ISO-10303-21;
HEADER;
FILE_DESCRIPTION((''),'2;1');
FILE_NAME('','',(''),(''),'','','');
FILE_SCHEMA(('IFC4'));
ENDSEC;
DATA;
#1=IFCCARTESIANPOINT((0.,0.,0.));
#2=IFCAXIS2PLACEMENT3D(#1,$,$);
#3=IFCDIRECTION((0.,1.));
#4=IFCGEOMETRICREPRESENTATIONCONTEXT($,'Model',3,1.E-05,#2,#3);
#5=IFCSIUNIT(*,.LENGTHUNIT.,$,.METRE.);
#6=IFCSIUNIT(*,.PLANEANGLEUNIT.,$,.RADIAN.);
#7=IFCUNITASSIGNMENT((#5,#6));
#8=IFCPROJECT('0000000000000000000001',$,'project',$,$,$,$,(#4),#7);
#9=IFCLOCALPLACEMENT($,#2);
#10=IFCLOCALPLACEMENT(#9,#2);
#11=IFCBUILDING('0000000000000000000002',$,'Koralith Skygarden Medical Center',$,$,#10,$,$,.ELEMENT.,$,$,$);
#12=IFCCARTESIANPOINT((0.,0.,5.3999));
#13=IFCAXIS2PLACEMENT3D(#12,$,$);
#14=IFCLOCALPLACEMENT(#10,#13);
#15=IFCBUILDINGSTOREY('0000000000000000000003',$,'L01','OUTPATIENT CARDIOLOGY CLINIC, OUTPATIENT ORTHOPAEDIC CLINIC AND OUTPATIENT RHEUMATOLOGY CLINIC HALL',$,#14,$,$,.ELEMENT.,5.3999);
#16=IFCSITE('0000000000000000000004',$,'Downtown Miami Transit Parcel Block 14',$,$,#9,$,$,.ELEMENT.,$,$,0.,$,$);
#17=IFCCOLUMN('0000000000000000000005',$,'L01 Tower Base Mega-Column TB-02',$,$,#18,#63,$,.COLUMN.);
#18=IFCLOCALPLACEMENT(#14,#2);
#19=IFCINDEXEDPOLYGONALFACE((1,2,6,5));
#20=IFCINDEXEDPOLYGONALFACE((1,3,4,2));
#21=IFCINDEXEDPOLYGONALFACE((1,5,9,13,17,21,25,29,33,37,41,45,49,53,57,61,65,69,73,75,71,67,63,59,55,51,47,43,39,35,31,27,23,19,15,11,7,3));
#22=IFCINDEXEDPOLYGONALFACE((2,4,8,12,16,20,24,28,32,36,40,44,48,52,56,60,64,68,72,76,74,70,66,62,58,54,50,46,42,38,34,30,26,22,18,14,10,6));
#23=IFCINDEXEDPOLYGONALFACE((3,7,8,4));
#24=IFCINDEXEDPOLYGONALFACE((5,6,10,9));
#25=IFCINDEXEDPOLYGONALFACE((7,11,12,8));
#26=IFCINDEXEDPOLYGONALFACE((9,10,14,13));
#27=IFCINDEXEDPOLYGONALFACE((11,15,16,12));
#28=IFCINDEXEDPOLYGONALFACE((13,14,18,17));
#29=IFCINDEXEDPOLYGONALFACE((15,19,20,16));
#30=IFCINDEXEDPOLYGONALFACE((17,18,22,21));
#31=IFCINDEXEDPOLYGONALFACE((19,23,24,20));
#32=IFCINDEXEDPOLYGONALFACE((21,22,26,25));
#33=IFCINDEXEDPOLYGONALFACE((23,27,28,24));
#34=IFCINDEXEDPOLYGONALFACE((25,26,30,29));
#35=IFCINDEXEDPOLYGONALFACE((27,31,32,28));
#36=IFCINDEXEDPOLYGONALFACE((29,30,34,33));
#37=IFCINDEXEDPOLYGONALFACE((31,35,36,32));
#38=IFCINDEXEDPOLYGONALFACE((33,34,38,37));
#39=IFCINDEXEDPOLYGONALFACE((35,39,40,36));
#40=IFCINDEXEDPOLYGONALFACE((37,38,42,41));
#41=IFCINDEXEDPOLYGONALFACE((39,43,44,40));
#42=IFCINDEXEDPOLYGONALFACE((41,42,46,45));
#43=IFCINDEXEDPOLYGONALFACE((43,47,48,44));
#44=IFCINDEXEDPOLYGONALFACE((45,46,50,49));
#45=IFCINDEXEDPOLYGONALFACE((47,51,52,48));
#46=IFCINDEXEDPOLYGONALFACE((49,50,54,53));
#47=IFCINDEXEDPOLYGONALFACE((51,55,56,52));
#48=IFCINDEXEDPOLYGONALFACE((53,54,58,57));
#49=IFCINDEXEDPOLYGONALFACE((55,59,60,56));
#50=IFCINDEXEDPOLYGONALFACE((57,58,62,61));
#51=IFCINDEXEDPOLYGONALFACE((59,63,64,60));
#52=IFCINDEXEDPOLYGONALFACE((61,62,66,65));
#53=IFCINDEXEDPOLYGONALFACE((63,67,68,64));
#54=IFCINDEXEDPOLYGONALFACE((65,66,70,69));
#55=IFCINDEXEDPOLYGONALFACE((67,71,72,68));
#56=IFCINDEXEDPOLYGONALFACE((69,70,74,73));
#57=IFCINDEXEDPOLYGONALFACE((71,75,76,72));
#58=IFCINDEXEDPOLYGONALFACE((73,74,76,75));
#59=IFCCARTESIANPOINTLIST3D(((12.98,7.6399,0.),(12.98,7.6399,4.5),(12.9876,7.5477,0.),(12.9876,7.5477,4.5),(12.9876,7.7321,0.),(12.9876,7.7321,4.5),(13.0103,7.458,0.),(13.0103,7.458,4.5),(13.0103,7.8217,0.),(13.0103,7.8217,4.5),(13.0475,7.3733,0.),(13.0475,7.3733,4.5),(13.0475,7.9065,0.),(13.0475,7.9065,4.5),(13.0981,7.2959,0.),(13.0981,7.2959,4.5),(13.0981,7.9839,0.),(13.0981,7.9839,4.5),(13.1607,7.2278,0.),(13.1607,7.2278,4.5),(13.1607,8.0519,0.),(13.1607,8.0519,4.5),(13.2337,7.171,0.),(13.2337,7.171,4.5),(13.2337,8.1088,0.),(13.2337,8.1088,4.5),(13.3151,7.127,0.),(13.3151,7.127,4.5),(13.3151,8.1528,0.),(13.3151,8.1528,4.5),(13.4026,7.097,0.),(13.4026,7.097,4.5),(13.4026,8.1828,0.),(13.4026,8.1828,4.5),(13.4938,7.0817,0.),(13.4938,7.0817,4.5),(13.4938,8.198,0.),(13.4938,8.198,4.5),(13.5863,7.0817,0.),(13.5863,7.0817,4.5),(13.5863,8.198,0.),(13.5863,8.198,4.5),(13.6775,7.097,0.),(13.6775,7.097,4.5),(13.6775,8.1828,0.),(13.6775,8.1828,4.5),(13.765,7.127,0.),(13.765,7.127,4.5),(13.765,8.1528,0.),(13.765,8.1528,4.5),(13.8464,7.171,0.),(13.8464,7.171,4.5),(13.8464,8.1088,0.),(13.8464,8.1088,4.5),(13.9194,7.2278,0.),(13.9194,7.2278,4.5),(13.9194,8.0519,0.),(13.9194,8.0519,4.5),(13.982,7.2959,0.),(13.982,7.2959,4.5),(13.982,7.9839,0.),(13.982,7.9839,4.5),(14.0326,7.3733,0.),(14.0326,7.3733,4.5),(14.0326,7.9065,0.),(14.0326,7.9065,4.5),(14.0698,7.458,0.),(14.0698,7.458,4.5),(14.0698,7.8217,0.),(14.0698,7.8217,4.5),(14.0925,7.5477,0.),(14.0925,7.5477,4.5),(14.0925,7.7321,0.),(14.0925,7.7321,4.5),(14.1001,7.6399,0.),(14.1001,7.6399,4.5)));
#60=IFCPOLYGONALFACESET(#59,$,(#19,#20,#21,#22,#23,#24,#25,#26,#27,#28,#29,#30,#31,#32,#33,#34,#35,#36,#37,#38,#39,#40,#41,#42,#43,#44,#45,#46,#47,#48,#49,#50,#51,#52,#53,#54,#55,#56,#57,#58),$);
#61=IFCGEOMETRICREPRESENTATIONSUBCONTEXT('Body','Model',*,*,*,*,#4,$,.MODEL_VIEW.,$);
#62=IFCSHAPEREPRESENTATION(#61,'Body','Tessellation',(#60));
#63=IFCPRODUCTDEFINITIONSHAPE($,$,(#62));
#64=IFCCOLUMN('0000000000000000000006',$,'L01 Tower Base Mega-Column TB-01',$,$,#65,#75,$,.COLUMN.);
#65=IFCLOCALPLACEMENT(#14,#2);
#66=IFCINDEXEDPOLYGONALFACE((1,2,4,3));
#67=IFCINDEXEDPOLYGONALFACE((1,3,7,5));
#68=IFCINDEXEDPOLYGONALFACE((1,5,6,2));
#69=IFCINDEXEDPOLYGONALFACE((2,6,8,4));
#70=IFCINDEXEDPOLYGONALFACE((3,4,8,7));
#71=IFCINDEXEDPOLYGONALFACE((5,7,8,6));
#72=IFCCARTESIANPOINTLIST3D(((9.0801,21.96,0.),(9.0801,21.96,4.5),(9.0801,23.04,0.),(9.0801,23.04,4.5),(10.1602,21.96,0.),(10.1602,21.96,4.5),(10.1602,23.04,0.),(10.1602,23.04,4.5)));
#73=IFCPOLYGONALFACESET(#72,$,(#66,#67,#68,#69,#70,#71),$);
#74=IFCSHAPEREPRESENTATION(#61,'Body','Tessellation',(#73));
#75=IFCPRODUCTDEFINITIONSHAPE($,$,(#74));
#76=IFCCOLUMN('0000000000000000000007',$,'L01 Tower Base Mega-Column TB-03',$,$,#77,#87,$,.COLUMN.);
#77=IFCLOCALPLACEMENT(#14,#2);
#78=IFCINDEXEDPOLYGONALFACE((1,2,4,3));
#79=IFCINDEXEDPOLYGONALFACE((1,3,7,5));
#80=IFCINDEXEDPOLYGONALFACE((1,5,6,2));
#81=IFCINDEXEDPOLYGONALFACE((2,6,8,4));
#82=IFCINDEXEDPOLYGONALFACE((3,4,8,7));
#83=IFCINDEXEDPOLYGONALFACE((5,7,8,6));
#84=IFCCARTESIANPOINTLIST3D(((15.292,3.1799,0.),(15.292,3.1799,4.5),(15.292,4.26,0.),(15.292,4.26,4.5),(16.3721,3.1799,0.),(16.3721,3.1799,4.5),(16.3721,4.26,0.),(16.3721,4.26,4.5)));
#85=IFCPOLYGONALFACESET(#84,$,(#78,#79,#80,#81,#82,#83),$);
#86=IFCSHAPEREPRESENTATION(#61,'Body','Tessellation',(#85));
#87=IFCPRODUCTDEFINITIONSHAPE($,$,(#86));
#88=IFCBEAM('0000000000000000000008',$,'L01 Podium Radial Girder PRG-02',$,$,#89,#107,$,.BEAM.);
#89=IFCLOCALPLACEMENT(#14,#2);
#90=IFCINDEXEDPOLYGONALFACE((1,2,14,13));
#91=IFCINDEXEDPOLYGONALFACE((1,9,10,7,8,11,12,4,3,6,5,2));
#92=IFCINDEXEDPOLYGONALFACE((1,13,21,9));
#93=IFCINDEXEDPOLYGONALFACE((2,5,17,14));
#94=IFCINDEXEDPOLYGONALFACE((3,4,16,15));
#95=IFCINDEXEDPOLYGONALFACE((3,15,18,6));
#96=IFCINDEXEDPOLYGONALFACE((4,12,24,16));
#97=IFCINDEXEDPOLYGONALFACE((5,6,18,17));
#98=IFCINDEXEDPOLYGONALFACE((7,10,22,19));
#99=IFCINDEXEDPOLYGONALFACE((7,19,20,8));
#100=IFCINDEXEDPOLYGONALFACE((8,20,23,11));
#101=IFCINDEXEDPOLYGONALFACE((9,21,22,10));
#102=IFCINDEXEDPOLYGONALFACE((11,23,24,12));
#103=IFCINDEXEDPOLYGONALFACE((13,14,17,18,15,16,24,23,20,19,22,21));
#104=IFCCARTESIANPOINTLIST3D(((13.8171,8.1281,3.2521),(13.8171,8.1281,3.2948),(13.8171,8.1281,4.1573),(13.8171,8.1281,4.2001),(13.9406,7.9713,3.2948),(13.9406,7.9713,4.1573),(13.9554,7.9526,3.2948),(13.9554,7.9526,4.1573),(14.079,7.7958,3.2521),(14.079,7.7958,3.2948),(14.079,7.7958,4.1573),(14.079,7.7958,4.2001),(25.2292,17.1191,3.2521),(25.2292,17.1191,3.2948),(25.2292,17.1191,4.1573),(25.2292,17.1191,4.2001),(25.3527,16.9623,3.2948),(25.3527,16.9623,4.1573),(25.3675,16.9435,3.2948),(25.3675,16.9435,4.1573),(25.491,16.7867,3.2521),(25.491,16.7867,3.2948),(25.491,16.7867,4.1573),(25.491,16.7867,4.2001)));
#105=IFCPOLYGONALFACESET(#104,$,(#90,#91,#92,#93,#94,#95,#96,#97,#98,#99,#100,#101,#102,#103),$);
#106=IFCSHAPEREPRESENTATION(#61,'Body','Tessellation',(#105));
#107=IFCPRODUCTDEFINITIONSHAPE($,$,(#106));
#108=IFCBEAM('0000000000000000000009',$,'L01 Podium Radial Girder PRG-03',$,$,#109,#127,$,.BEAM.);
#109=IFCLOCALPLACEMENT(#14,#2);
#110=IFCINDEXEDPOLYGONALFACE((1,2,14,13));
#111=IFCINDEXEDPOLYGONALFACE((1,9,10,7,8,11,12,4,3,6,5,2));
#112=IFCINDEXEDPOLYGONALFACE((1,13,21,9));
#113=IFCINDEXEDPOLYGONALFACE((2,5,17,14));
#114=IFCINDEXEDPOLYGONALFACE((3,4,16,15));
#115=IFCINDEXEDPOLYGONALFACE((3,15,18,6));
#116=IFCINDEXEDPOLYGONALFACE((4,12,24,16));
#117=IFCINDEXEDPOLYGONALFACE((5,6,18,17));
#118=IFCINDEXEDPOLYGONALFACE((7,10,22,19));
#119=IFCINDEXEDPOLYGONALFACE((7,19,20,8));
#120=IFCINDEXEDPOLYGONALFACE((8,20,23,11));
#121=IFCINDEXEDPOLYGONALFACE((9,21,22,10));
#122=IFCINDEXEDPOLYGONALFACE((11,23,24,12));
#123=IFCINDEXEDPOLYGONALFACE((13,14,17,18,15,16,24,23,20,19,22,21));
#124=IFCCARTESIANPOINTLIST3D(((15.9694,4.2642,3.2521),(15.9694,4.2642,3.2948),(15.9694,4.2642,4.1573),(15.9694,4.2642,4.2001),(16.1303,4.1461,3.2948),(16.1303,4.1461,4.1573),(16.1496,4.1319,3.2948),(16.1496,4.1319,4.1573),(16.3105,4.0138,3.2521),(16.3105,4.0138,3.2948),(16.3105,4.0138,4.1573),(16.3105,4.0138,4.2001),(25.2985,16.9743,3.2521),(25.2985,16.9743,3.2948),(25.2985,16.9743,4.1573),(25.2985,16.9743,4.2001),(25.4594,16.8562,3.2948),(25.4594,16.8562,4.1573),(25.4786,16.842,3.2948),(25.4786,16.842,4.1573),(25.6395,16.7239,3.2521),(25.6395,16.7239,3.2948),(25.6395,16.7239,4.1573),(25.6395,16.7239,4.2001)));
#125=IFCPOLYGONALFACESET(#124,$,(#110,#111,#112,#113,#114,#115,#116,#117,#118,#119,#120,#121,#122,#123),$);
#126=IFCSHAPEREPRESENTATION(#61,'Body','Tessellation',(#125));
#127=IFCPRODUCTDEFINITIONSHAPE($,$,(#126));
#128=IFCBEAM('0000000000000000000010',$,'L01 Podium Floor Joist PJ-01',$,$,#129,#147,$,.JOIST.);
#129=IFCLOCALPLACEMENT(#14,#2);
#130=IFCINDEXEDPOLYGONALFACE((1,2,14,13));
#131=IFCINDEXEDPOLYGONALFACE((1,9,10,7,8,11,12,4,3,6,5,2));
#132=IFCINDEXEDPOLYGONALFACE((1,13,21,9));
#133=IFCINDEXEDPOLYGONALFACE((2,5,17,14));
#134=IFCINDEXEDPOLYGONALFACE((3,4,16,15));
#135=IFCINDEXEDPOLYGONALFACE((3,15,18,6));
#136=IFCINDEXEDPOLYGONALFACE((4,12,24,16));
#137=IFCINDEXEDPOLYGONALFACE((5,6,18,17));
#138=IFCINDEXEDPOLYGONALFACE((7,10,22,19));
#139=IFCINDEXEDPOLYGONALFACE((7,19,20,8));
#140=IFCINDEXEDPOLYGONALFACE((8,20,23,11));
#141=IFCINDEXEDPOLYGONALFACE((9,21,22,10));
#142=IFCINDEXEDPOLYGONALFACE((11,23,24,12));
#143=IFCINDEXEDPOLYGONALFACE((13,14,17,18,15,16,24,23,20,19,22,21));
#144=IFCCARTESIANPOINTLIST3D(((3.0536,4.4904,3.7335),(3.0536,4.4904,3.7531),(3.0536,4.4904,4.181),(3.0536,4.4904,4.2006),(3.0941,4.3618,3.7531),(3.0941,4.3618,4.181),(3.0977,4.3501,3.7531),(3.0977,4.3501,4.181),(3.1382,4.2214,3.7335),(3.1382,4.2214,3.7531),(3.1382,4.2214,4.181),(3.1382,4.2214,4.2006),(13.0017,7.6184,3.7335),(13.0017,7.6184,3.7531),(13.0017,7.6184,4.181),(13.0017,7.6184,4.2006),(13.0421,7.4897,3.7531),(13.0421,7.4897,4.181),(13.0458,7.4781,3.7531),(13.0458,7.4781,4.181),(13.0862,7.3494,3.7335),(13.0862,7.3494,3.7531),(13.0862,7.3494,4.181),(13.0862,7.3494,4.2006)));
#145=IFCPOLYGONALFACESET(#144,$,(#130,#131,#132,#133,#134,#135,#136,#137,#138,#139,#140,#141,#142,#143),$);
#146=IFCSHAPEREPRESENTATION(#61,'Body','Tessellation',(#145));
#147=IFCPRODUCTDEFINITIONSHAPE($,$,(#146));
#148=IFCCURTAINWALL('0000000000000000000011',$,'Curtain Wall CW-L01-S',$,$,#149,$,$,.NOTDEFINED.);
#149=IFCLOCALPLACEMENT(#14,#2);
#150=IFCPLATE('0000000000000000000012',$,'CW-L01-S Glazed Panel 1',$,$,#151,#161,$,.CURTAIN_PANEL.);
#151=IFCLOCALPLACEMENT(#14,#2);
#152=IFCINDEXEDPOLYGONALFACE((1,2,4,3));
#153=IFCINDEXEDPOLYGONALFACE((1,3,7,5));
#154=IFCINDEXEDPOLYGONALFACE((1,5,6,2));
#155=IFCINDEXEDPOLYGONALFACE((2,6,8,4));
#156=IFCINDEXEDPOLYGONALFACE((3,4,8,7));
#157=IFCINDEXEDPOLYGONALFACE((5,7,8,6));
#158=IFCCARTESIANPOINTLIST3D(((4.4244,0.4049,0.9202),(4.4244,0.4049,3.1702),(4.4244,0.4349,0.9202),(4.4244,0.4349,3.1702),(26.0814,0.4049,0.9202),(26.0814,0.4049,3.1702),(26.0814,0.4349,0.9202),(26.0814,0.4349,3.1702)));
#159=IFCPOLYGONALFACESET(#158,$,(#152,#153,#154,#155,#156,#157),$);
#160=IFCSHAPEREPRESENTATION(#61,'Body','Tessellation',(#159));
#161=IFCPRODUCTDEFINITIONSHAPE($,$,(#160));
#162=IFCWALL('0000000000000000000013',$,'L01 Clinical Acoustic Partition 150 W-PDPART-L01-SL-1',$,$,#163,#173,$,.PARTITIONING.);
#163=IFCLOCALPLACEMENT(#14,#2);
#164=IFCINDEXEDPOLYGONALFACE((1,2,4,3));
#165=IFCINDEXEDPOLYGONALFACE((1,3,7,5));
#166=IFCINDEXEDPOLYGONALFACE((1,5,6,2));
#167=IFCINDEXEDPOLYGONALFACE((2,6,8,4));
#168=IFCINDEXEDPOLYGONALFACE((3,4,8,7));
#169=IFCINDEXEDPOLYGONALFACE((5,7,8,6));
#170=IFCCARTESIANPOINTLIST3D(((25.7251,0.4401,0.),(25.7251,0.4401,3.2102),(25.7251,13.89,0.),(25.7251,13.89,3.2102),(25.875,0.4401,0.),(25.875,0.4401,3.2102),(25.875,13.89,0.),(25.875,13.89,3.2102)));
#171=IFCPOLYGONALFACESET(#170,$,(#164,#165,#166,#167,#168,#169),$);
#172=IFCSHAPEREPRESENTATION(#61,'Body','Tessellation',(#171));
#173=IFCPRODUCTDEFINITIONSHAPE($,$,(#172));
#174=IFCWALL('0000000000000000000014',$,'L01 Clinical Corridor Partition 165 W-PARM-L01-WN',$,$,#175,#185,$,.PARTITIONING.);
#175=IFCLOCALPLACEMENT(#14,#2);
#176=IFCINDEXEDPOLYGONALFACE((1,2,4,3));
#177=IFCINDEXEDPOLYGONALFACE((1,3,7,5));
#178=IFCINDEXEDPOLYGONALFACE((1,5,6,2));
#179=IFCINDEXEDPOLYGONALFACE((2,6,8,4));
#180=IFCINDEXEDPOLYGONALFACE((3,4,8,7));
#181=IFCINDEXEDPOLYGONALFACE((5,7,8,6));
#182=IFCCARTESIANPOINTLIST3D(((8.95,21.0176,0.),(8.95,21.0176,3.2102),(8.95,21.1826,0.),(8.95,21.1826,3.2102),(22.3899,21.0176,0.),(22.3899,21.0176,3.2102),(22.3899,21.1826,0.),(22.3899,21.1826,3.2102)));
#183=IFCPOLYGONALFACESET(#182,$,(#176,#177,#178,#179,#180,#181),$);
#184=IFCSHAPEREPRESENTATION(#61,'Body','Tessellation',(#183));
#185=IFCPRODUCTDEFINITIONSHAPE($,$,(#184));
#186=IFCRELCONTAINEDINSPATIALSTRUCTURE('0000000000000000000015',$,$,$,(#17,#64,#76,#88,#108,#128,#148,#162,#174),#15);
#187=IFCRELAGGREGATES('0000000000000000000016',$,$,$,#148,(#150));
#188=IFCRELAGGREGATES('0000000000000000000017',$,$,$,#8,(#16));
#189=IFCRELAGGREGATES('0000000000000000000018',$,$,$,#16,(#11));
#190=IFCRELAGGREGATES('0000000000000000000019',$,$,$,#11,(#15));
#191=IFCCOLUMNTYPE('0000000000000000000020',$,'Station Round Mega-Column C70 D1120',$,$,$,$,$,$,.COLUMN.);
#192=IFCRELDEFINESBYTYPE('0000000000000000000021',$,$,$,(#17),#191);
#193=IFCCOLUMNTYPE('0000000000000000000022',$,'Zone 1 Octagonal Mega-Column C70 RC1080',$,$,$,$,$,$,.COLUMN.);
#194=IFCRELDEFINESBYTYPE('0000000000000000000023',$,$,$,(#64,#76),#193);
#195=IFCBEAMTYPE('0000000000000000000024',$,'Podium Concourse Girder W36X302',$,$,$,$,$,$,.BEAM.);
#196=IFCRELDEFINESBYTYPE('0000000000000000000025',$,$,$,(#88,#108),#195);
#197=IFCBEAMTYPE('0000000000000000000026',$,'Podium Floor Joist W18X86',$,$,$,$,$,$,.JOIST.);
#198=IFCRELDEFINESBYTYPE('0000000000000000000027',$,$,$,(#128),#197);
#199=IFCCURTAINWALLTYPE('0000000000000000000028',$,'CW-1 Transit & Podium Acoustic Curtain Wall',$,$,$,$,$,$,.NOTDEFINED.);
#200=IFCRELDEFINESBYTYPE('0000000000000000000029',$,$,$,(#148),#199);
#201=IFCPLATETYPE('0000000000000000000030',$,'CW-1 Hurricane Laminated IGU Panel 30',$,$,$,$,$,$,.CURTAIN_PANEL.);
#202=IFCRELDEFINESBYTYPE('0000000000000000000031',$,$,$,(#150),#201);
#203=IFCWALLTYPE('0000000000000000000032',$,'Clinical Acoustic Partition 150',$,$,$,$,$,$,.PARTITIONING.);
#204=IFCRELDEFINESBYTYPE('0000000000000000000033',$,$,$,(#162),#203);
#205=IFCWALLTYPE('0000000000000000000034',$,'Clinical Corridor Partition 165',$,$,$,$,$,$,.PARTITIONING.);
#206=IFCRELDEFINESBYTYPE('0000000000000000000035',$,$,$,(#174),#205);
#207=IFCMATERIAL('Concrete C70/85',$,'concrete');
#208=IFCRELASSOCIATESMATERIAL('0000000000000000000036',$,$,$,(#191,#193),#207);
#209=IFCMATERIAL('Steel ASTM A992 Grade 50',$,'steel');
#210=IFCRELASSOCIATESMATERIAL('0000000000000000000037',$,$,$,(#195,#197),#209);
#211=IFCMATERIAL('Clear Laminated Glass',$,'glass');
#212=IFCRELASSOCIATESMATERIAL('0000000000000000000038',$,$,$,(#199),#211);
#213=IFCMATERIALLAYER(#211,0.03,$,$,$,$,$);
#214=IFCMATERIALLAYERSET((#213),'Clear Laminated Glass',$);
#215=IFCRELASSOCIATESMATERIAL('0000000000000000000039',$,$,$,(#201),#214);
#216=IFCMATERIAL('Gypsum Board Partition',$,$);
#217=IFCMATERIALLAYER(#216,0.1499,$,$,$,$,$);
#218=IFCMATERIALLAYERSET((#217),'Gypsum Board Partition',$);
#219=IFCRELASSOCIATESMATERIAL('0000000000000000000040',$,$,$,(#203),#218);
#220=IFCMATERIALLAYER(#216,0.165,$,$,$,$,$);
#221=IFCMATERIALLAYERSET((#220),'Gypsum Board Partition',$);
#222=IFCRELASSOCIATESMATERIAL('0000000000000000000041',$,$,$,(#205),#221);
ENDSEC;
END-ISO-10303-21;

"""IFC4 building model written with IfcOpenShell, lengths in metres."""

from ifc_helpers import new_model, si_unit, direction, frame, frame_2d, origin, origin_2d, place, context, subcontext, project, spatial, rectangle, circle, i_section, extrude, material, layer, layer_set, material_profile, profile_set, type_object, element, aggregate, save


model = new_model("IFC4")

# Units and contexts
model_context = context("Model", 3, precision=1e-05, world=origin(), true_north=direction((0.0, 1.0)))
body_context = subcontext(model_context, "Body", "Model", "MODEL_VIEW")
ifc_project = project(units=[si_unit("LENGTHUNIT", "METRE"), si_unit("PLANEANGLEUNIT", "RADIAN")], contexts=[model_context])

# Site, building, storey
site_placement = place(None, origin())
site = spatial("IfcSite", under=ifc_project, at=site_placement, Name="Downtown Miami Transit Parcel Block 14", CompositionType="ELEMENT", RefElevation=0.0)
building_placement = place(site_placement, origin())
building = spatial("IfcBuilding", under=site, at=building_placement, Name="Koralith Skygarden Medical Center", CompositionType="ELEMENT")
storey_placement = place(building_placement, frame((0.0, 0.0, 5.3999)))
storey = spatial("IfcBuildingStorey", under=building, at=storey_placement, Name="L01", Description="OUTPATIENT CARDIOLOGY CLINIC, OUTPATIENT ORTHOPAEDIC CLINIC AND OUTPATIENT RHEUMATOLOGY CLINIC HALL", CompositionType="ELEMENT", Elevation=5.3999)

# Columns
ifc_material_1 = material(Name="Concrete C70/85", Category="concrete")
ifc_material_profile_1 = material_profile(ifc_material_1, circle(Radius=0.5601, at=origin_2d()), Name="RCCOL1120")
ifc_profile_set_1 = profile_set([ifc_material_profile_1], Name="Concrete C70/85")
column_type_1 = type_object("IfcColumnType", Name="Station Round Mega-Column C70 D1120", PredefinedType="COLUMN", material=ifc_profile_set_1)
column_placement = place(storey_placement, frame((13.54, 7.6399, 0.0), z_axis=(0.0, 0.0, 1.0), x_axis=(1.0, 0.0, 0.0)))
element("IfcColumn", 1, at=column_placement, inside=storey, type_object=column_type_1, Name="L01 Tower Base Mega-Column TB-02", PredefinedType="COLUMN", context=body_context, shape_type="SweptSolid", body=[
    extrude(circle(Radius=0.5601, at=origin_2d()), origin(), (0.0, 0.0, 1.0), 4.5),
])
ifc_material_profile_2 = material_profile(ifc_material_1, rectangle(XDim=1.0801, YDim=1.0801, at=origin_2d()), Name="RC1080X1080")
ifc_profile_set_2 = profile_set([ifc_material_profile_2], Name="Concrete C70/85")
column_type_2 = type_object("IfcColumnType", Name="Zone 1 Octagonal Mega-Column C70 RC1080", PredefinedType="COLUMN", material=ifc_profile_set_2)
for number, where, z_axis, x_axis, name in (
    (2, (9.6201, 22.5, 0.0), (0.0, 0.0, 1.0), (1.0, 0.0, 0.0), "L01 Tower Base Mega-Column TB-01"),
    (3, (15.832, 3.72, 0.0), (0.0, 0.0, 1.0), (1.0, 0.0, 0.0), "L01 Tower Base Mega-Column TB-03"),
):
    element("IfcColumn", number, at=place(storey_placement, frame(where, z_axis=z_axis, x_axis=x_axis)), inside=storey, type_object=column_type_2, Name=name, PredefinedType="COLUMN", context=body_context, shape_type="SweptSolid", body=[
        extrude(rectangle(XDim=1.0801, YDim=1.0801, at=origin_2d()), origin(), (0.0, 0.0, 1.0), 4.5),
    ])

# Beams
ifc_material_2 = material(Name="Steel ASTM A992 Grade 50", Category="steel")
ifc_material_profile_3 = material_profile(ifc_material_2, i_section(OverallWidth=0.4231, OverallDepth=0.948, WebThickness=0.0239, FlangeThickness=0.0427, at=origin_2d()), Name="W36X302")
ifc_profile_set_3 = profile_set([ifc_material_profile_3], Name="Steel ASTM A992 Grade 50")
beam_type_1 = type_object("IfcBeamType", Name="Podium Concourse Girder W36X302", PredefinedType="BEAM", material=ifc_profile_set_3)
beam_1_placement = place(storey_placement, frame((25.3601, 16.9529, 3.7261), z_axis=(-0.785505, -0.618856, 0.0), x_axis=(0.618856, -0.785505, 0.0)))
element("IfcBeam", 4, at=beam_1_placement, inside=storey, type_object=beam_type_1, Name="L01 Podium Radial Girder PRG-02", PredefinedType="BEAM", context=body_context, shape_type="SweptSolid", body=[
    extrude(i_section(OverallWidth=0.4231, OverallDepth=0.948, WebThickness=0.0239, FlangeThickness=0.0427, at=origin_2d()), origin(), (0.0, 0.0, 1.0), 14.5283),
])
beam_2_placement = place(storey_placement, frame((25.469, 16.8491, 3.7261), z_axis=(-0.591705, -0.806154, 0.0), x_axis=(0.806154, -0.591705, 0.0)))
element("IfcBeam", 5, at=beam_2_placement, inside=storey, type_object=beam_type_1, Name="L01 Podium Radial Girder PRG-03", PredefinedType="BEAM", context=body_context, shape_type="SweptSolid", body=[
    extrude(i_section(OverallWidth=0.4231, OverallDepth=0.948, WebThickness=0.0239, FlangeThickness=0.0427, at=origin_2d()), origin(), (0.0, 0.0, 1.0), 15.7664),
])
ifc_material_profile_4 = material_profile(ifc_material_2, i_section(OverallWidth=0.282, OverallDepth=0.467, WebThickness=0.0122, FlangeThickness=0.0195, at=origin_2d()), Name="W18X86")
ifc_profile_set_4 = profile_set([ifc_material_profile_4], Name="Steel ASTM A992 Grade 50")
beam_type_2 = type_object("IfcBeamType", Name="Podium Floor Joist W18X86", PredefinedType="JOIST", material=ifc_profile_set_4)
beam_3_placement = place(storey_placement, frame((13.0439, 7.4839, 3.967), z_axis=(-0.953955, -0.29995, 0.0), x_axis=(0.29995, -0.953955, 0.0)))
element("IfcBeam", 6, at=beam_3_placement, inside=storey, type_object=beam_type_2, Name="L01 Podium Floor Joist PJ-01", PredefinedType="JOIST", context=body_context, shape_type="SweptSolid", body=[
    extrude(i_section(OverallWidth=0.282, OverallDepth=0.467, WebThickness=0.0122, FlangeThickness=0.0195, at=origin_2d()), origin(), (0.0, 0.0, 1.0), 10.4282),
])

# Curtain wall, plate
ifc_material_3 = material(Name="Clear Laminated Glass", Category="glass")
curtain_wall_type = type_object("IfcCurtainWallType", Name="CW-1 Transit & Podium Acoustic Curtain Wall", PredefinedType="NOTDEFINED", material=ifc_material_3)
curtain_wall_placement = place(storey_placement, origin())
curtain_wall = element("IfcCurtainWall", 7, at=curtain_wall_placement, inside=storey, type_object=curtain_wall_type, Name="Curtain Wall CW-L01-S", PredefinedType="NOTDEFINED")
ifc_layer_1 = layer(ifc_material_3, 0.03)
ifc_layer_set_1 = layer_set([ifc_layer_1], Name="Clear Laminated Glass")
plate_type = type_object("IfcPlateType", Name="CW-1 Hurricane Laminated IGU Panel 30", PredefinedType="CURTAIN_PANEL", material=ifc_layer_set_1)
plate_placement = place(storey_placement, frame((15.2529, 0.4199, 0.9202), z_axis=(0.0, 0.0, 1.0), x_axis=(1.0, 0.0, 0.0)))
plate = element("IfcPlate", 8, at=plate_placement, type_object=plate_type, Name="CW-L01-S Glazed Panel 1", PredefinedType="CURTAIN_PANEL", context=body_context, shape_type="SweptSolid", body=[
    extrude(rectangle(XDim=21.657, YDim=0.03, at=origin_2d()), origin(), (0.0, 0.0, 1.0), 2.25),
])
aggregate(curtain_wall, [plate])

# Walls
ifc_material_4 = material(Name="Gypsum Board Partition")
ifc_layer_2 = layer(ifc_material_4, 0.1499)
ifc_layer_set_2 = layer_set([ifc_layer_2], Name="Gypsum Board Partition")
wall_type_1 = type_object("IfcWallType", Name="Clinical Acoustic Partition 150", PredefinedType="PARTITIONING", material=ifc_layer_set_2)
wall_1_placement = place(storey_placement, frame((25.8, 0.4399, 0.0), z_axis=(0.0, 0.0, 1.0), x_axis=(0.0, 1.0, 0.0)))
element("IfcWall", 9, at=wall_1_placement, inside=storey, type_object=wall_type_1, Name="L01 Clinical Acoustic Partition 150 W-PDPART-L01-SL-1", PredefinedType="PARTITIONING", context=body_context, shape_type="SweptSolid", body=[
    extrude(rectangle(XDim=13.45, YDim=0.1499, at=frame_2d((6.7251, 0.0))), origin(), (0.0, 0.0, 1.0), 3.2102),
])
ifc_layer_3 = layer(ifc_material_4, 0.165)
ifc_layer_set_3 = layer_set([ifc_layer_3], Name="Gypsum Board Partition")
wall_type_2 = type_object("IfcWallType", Name="Clinical Corridor Partition 165", PredefinedType="PARTITIONING", material=ifc_layer_set_3)
wall_2_placement = place(storey_placement, frame((8.95, 21.1001, 0.0), z_axis=(0.0, 0.0, 1.0), x_axis=(1.0, 0.0, 0.0)))
element("IfcWall", 10, at=wall_2_placement, inside=storey, type_object=wall_type_2, Name="L01 Clinical Corridor Partition 165 W-PARM-L01-WN", PredefinedType="PARTITIONING", context=body_context, shape_type="SweptSolid", body=[
    extrude(rectangle(XDim=13.4399, YDim=0.165, at=frame_2d((6.72, 0.0))), origin(), (0.0, 0.0, 1.0), 3.2102),
])

save(model, "model.ifc")
